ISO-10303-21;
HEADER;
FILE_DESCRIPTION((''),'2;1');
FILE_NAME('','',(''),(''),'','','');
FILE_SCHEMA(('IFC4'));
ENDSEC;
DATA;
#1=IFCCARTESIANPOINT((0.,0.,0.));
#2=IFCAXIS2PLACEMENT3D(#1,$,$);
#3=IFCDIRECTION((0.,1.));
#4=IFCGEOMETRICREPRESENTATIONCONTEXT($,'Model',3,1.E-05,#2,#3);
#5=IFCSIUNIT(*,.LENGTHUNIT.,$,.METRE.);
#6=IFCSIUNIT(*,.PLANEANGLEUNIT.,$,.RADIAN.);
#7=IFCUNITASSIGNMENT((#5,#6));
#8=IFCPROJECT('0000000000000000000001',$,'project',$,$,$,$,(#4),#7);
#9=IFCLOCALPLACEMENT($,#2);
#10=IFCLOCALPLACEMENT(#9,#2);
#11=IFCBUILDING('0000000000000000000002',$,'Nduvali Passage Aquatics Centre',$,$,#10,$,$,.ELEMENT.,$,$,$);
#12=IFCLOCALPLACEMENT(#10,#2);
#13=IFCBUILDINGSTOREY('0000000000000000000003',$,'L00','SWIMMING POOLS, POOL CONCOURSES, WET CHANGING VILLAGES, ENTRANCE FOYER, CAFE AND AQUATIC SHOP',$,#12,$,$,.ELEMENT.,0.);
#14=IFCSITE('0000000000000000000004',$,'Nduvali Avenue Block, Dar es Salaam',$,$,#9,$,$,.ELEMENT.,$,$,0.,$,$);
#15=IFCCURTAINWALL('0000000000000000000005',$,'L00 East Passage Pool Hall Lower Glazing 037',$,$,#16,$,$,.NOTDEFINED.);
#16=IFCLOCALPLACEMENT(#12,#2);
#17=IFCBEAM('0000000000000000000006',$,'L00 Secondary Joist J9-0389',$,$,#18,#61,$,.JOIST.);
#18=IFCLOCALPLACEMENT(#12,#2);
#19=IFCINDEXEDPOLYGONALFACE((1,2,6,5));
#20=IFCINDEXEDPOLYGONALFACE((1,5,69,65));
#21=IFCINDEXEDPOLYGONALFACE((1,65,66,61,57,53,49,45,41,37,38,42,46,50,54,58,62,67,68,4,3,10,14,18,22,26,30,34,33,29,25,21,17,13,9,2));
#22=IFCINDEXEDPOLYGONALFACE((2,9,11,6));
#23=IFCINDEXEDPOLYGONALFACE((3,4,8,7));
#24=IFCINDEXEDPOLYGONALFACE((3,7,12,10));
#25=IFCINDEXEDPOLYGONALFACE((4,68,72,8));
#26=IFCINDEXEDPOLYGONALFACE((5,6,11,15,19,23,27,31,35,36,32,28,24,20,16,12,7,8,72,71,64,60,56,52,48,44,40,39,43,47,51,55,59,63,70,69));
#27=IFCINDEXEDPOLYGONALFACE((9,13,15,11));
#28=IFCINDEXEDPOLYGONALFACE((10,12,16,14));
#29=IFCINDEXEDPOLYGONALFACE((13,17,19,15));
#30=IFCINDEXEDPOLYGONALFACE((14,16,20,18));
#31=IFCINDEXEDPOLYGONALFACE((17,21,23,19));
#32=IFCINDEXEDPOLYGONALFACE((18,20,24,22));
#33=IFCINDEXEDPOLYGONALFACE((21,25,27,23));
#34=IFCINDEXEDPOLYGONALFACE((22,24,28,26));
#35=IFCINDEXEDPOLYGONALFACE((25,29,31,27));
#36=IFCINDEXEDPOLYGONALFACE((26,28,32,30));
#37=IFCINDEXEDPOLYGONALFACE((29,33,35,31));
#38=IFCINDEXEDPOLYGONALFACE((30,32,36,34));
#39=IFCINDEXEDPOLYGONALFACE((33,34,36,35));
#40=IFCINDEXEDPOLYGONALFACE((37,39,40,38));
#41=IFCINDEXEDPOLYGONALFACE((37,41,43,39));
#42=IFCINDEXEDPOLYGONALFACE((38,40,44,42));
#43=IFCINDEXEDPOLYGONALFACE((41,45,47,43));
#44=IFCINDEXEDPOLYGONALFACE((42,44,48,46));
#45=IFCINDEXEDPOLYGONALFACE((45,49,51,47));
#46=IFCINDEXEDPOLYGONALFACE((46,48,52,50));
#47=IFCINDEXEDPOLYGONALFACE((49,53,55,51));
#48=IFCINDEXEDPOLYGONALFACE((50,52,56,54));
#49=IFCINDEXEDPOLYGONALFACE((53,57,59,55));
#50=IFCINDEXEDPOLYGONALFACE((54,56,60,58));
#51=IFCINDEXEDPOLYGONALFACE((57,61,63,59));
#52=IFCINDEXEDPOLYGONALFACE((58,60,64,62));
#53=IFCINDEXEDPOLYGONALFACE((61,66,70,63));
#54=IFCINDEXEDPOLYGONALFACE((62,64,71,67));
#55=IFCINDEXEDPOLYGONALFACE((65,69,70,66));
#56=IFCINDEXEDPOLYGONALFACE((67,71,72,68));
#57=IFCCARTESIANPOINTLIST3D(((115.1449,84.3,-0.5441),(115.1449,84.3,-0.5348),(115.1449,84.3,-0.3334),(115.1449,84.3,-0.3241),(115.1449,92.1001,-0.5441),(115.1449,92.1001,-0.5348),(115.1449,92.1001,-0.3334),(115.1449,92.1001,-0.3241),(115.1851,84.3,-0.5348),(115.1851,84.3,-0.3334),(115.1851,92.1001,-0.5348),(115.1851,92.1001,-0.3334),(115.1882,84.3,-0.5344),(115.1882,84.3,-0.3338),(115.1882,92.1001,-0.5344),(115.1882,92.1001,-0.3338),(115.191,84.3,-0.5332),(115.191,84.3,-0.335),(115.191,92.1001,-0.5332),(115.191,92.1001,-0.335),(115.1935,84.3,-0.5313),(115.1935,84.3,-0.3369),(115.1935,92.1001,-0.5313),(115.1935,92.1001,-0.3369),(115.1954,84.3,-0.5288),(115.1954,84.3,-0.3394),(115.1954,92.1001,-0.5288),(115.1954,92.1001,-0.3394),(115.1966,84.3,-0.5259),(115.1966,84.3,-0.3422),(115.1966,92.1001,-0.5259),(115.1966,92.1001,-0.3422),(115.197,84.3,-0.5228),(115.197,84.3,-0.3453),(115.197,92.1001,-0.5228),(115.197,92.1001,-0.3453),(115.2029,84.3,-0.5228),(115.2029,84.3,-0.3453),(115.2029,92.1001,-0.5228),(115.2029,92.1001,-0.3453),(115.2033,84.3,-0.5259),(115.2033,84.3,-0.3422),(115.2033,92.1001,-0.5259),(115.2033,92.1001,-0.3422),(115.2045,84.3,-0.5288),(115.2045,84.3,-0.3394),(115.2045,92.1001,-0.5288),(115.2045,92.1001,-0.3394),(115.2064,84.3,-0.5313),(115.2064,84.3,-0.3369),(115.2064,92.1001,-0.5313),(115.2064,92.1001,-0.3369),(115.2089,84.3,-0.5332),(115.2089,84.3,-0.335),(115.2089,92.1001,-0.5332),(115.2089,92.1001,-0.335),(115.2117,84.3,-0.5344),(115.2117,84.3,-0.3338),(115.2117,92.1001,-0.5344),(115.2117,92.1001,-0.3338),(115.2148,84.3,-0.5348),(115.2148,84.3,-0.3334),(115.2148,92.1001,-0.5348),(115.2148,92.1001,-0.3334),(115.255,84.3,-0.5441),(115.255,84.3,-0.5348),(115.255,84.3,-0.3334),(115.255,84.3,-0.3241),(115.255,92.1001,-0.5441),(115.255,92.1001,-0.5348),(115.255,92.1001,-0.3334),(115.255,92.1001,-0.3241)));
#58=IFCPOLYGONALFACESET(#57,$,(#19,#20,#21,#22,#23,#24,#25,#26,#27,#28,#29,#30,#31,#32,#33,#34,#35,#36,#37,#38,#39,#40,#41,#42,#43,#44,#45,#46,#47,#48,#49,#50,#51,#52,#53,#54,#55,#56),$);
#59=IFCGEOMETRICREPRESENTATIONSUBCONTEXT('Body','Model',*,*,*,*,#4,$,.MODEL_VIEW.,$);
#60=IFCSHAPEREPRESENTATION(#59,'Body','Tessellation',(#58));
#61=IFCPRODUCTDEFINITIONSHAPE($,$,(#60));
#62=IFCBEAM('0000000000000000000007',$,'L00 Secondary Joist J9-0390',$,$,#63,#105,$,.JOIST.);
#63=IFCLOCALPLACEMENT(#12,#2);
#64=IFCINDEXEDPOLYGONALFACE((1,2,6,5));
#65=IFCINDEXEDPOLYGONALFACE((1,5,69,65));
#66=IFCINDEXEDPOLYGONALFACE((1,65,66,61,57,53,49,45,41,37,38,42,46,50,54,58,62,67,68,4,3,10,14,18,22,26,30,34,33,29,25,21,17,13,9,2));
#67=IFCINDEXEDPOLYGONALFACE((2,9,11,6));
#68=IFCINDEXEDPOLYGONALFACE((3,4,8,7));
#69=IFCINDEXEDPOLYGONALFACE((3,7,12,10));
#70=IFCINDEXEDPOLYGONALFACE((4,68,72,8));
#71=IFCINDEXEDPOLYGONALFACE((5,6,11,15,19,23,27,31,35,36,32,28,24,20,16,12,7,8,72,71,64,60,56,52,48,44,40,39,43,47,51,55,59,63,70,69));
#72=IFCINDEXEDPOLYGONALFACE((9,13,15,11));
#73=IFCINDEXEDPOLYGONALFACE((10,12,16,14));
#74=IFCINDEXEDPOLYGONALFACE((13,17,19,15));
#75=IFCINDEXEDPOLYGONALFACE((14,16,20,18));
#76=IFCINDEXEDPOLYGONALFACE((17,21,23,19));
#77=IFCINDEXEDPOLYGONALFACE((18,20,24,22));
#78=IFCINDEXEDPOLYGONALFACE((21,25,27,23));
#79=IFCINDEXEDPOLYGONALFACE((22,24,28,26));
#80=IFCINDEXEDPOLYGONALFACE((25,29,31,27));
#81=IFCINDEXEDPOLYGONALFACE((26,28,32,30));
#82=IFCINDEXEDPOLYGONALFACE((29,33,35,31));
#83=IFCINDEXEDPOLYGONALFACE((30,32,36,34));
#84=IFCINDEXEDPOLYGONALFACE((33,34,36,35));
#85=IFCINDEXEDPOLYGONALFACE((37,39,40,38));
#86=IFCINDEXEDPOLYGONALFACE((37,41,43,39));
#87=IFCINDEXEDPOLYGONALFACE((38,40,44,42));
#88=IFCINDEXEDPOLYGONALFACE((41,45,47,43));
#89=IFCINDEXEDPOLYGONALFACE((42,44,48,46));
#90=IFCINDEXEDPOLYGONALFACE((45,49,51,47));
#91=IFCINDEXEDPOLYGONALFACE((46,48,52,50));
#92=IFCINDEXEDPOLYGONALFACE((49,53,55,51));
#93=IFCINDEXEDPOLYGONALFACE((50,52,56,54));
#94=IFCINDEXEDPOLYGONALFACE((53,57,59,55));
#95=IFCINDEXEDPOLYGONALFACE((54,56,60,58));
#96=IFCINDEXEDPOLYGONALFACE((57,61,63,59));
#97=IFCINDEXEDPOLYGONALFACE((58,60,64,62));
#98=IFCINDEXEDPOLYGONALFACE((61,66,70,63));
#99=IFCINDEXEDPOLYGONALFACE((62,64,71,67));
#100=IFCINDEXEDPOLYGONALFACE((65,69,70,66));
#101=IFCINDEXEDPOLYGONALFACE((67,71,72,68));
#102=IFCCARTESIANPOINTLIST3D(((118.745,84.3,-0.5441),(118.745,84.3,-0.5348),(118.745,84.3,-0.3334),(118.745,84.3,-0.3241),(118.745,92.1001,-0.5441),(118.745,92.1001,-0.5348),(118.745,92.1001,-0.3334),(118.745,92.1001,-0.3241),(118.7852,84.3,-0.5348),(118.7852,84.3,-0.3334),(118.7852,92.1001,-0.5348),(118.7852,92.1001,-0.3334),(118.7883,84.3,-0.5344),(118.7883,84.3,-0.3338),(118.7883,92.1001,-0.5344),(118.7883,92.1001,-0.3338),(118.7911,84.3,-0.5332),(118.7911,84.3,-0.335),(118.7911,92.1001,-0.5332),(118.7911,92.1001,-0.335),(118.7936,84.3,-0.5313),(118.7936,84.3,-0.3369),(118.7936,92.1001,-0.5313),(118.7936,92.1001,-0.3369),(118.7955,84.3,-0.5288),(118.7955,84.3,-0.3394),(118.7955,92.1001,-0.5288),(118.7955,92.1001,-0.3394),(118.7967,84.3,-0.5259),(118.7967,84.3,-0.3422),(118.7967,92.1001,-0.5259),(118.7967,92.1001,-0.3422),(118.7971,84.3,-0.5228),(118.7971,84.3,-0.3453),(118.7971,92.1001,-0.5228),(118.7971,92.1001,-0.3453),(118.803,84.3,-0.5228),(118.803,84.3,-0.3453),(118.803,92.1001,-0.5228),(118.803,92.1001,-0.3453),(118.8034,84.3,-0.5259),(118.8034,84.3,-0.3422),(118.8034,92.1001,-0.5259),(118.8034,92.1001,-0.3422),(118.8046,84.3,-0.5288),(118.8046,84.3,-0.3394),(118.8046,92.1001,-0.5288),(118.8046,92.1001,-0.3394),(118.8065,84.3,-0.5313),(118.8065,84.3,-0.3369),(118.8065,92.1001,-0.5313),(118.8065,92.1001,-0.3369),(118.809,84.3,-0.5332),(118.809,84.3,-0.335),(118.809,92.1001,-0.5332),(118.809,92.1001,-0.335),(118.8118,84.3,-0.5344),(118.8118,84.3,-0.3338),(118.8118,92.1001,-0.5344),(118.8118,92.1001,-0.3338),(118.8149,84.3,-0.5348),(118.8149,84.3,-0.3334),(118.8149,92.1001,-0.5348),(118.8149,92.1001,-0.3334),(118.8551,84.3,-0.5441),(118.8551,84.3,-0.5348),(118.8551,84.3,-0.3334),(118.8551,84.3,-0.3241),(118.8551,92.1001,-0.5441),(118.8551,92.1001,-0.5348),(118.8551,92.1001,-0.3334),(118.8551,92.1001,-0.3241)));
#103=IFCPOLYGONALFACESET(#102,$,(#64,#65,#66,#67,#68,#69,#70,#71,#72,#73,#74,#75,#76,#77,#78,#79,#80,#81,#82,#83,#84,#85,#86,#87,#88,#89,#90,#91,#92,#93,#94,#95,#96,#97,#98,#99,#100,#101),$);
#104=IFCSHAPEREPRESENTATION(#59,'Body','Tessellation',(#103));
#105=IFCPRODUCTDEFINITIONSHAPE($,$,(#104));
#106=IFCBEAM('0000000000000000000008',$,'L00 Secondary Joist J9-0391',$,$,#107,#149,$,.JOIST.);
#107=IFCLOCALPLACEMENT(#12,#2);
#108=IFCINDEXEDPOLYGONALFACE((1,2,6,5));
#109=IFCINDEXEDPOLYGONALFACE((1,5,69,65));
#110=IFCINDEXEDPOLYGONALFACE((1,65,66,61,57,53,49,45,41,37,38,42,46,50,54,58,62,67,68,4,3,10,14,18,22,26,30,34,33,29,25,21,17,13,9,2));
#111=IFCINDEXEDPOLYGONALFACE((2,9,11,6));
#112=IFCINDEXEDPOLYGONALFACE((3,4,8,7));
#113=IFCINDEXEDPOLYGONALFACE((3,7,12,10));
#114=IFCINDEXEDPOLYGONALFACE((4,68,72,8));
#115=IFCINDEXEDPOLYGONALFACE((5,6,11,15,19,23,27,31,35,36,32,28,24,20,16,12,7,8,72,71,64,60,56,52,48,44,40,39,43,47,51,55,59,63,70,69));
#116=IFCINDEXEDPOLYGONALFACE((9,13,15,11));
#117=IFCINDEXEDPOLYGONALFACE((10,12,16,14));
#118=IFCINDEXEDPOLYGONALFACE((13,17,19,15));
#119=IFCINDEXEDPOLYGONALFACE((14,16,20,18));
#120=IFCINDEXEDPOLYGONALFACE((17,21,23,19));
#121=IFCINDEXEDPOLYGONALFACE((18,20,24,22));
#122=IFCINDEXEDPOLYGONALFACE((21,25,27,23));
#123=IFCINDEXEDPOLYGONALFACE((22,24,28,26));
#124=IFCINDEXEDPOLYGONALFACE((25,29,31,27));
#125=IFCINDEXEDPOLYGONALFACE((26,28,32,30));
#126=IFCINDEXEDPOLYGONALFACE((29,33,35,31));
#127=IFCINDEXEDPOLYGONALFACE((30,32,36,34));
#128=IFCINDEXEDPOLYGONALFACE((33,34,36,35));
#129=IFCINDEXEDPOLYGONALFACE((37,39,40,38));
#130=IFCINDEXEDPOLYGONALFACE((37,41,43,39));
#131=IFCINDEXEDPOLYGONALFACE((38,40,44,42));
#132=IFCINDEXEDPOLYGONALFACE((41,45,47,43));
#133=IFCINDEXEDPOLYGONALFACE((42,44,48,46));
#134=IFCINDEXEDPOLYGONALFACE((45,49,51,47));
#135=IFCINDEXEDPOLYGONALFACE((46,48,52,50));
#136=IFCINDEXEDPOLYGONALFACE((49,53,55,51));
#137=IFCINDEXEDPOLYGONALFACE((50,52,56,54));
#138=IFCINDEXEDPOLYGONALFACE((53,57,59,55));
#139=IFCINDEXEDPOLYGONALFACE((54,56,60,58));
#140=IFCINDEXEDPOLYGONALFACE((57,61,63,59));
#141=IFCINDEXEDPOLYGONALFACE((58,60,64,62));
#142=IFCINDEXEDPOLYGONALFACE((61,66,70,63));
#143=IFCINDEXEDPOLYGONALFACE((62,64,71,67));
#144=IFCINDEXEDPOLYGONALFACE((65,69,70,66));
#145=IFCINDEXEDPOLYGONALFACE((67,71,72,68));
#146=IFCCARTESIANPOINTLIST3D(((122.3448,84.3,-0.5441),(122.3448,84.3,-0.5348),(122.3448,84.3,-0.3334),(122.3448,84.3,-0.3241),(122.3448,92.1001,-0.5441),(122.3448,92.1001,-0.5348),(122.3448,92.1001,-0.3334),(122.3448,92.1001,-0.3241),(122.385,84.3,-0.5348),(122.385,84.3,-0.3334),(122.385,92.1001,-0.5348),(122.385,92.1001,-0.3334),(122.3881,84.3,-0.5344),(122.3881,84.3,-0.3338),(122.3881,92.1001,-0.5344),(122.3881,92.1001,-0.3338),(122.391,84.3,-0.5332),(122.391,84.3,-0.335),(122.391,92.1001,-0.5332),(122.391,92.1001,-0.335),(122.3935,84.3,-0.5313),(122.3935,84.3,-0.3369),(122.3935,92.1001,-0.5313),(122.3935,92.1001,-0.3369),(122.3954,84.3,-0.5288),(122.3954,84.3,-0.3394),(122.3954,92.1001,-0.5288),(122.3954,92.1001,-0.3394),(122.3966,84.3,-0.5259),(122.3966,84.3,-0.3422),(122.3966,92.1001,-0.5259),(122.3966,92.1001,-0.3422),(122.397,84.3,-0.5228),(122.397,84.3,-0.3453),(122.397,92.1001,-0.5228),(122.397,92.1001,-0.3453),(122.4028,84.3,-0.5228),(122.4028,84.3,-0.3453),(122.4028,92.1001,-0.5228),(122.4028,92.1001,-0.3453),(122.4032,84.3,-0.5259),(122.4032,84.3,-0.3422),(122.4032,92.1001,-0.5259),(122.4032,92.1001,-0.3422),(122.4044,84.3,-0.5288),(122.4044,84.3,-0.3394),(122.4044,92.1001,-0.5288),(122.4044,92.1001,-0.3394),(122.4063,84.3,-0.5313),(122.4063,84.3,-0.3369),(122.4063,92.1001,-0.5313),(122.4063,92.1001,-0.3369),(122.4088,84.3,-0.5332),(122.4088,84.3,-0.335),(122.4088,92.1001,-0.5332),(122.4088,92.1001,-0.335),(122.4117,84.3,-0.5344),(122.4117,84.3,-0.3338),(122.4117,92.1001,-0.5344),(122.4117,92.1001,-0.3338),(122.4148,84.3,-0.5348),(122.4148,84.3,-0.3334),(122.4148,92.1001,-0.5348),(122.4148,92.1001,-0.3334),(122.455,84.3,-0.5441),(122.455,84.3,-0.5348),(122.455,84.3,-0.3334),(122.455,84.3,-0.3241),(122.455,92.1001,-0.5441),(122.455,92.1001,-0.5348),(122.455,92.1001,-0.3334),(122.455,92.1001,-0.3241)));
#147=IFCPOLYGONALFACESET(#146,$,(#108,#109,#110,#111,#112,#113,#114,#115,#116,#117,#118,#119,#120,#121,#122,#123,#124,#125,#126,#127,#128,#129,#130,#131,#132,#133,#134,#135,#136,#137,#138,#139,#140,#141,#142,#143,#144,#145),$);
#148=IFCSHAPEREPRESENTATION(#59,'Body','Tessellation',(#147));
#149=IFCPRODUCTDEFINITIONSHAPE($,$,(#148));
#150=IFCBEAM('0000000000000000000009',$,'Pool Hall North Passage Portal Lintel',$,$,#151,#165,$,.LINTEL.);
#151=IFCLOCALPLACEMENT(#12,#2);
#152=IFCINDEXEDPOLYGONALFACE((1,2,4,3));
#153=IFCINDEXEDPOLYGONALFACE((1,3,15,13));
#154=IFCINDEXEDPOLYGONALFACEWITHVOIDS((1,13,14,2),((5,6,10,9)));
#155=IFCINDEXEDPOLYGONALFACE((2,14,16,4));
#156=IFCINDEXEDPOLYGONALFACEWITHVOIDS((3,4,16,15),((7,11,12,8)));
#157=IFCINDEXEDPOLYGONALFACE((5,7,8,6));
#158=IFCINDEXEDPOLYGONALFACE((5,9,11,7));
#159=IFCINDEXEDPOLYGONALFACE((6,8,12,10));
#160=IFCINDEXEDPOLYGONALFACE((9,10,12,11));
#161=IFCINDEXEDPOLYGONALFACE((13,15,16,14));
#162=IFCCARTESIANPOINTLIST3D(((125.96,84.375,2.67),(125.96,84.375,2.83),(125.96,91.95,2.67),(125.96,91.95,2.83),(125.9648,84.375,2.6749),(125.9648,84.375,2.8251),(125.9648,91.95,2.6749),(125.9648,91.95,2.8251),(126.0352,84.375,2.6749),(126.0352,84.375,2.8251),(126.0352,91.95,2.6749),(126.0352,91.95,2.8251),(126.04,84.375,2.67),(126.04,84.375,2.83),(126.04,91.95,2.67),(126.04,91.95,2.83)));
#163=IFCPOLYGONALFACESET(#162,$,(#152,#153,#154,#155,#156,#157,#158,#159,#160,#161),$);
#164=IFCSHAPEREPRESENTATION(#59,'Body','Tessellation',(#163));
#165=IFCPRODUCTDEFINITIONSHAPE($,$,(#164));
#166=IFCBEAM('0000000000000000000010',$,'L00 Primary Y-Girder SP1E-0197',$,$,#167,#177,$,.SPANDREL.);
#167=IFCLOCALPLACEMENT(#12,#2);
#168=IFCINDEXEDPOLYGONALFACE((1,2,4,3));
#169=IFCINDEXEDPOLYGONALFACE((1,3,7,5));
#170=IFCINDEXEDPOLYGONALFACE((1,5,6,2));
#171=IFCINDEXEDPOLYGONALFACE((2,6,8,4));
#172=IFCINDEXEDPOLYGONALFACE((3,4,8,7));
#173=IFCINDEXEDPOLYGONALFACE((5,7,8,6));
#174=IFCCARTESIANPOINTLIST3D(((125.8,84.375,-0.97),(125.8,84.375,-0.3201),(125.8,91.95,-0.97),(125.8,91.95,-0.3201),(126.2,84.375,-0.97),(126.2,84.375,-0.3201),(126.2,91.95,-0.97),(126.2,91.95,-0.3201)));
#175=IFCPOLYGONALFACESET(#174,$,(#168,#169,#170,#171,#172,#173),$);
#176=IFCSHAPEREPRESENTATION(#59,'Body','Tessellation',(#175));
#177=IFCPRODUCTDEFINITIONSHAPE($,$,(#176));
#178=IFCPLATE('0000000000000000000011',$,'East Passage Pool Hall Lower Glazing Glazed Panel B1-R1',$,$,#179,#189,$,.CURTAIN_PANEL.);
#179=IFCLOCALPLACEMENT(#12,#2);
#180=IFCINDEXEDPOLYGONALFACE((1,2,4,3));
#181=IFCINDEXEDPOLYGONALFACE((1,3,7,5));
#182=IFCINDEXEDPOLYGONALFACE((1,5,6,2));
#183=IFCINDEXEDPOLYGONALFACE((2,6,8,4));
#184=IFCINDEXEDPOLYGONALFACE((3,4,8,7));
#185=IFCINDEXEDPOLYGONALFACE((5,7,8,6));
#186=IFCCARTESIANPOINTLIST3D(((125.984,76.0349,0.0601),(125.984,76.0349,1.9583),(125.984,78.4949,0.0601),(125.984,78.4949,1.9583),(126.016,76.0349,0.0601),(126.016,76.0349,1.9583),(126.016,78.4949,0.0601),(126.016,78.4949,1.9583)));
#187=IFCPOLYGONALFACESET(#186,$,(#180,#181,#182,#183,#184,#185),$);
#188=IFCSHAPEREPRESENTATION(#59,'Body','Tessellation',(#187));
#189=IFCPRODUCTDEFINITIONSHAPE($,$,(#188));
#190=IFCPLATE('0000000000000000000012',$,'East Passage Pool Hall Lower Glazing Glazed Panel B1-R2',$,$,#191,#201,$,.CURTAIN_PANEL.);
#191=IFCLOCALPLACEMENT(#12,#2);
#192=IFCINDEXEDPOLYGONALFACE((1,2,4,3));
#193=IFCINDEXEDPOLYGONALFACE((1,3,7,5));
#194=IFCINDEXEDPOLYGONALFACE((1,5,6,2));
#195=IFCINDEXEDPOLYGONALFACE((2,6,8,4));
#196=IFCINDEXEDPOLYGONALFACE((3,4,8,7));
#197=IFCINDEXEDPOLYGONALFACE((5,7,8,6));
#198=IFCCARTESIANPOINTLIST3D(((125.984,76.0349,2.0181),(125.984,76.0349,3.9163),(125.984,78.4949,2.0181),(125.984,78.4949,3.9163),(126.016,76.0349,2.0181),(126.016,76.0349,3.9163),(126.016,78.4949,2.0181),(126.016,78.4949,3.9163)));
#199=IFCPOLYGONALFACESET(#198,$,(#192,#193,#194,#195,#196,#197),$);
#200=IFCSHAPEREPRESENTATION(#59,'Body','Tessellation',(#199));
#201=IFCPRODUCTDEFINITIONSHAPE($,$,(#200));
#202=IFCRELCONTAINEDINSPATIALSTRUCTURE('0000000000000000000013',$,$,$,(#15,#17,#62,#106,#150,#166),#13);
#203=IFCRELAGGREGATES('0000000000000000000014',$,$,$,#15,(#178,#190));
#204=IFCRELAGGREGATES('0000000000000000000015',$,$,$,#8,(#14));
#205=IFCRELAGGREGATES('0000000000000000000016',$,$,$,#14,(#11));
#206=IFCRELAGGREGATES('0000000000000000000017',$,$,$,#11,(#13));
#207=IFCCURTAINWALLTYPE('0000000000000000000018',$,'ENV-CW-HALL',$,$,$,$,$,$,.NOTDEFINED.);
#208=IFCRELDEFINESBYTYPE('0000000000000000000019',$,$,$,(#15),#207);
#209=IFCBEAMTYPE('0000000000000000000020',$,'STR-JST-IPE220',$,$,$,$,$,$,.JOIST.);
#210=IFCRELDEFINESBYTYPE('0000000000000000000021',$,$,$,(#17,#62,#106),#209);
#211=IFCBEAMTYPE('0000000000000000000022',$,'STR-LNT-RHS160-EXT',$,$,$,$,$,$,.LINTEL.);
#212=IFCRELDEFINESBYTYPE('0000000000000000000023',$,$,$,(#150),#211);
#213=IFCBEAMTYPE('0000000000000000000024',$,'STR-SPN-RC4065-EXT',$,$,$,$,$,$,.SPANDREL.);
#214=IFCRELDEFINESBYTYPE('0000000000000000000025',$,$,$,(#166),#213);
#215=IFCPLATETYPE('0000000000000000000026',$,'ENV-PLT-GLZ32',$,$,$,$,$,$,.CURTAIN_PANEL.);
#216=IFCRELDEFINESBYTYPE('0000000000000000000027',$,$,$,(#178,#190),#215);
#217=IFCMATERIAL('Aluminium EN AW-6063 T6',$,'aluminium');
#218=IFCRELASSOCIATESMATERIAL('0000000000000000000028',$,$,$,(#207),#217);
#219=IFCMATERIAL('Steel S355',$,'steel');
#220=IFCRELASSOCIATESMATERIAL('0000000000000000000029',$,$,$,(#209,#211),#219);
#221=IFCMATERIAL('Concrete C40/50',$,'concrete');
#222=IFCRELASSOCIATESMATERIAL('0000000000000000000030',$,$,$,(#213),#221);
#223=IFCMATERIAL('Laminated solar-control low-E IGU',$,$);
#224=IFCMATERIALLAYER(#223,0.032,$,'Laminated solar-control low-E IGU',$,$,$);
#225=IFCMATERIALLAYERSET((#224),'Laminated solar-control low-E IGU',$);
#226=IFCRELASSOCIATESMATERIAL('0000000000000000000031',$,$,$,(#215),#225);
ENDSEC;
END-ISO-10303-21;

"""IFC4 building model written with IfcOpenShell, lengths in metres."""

from ifc_helpers import new_model, si_unit, direction, frame, origin, origin_2d, place, context, subcontext, project, spatial, rectangle, hollow_rectangle, i_section, extrude, material, layer, layer_set, material_profile, profile_set, type_object, element, aggregate, save


model = new_model("IFC4")

# Units and contexts
model_context = context("Model", 3, precision=1e-05, world=origin(), true_north=direction((0.0, 1.0)))
body_context = subcontext(model_context, "Body", "Model", "MODEL_VIEW")
ifc_project = project(units=[si_unit("LENGTHUNIT", "METRE"), si_unit("PLANEANGLEUNIT", "RADIAN")], contexts=[model_context])

# Site, building, storey
site_placement = place(None, origin())
site = spatial("IfcSite", under=ifc_project, at=site_placement, Name="Nduvali Avenue Block, Dar es Salaam", CompositionType="ELEMENT", RefElevation=0.0)
building_placement = place(site_placement, origin())
building = spatial("IfcBuilding", under=site, at=building_placement, Name="Nduvali Passage Aquatics Centre", CompositionType="ELEMENT")
storey_placement = place(building_placement, origin())
storey = spatial("IfcBuildingStorey", under=building, at=storey_placement, Name="L00", Description="SWIMMING POOLS, POOL CONCOURSES, WET CHANGING VILLAGES, ENTRANCE FOYER, CAFE AND AQUATIC SHOP", CompositionType="ELEMENT", Elevation=0.0)

# Shared definitions
ifc_material_1 = material(Name="Concrete C40/50", Category="concrete")

# Curtain wall
ifc_material_2 = material(Name="Aluminium EN AW-6063 T6", Category="aluminium")
curtain_wall_type = type_object("IfcCurtainWallType", Name="ENV-CW-HALL", PredefinedType="NOTDEFINED", material=ifc_material_2)
curtain_wall_placement = place(storey_placement, origin())
curtain_wall = element("IfcCurtainWall", 1, at=curtain_wall_placement, inside=storey, type_object=curtain_wall_type, Name="L00 East Passage Pool Hall Lower Glazing 037", PredefinedType="NOTDEFINED")

# Beams
ifc_material_3 = material(Name="Steel S355", Category="steel")
ifc_material_profile_1 = material_profile(ifc_material_3, i_section(OverallWidth=0.1101, OverallDepth=0.22, WebThickness=0.0059, FlangeThickness=0.0093, FilletRadius=0.012, at=origin_2d()), Name="IPE 220")
ifc_profile_set_1 = profile_set([ifc_material_profile_1], Name="Steel S355")
beam_type_1 = type_object("IfcBeamType", Name="STR-JST-IPE220", PredefinedType="JOIST", material=ifc_profile_set_1)
for number, where, z_axis, x_axis, name in (
    (2, (115.2, 84.3, -0.4341), (0.0, 1.0, 0.0), (-1.0, 0.0, 0.0), "L00 Secondary Joist J9-0389"),
    (3, (118.8, 84.3, -0.4341), (0.0, 1.0, 0.0), (-1.0, 0.0, 0.0), "L00 Secondary Joist J9-0390"),
    (4, (122.3999, 84.3, -0.4341), (0.0, 1.0, 0.0), (-1.0, 0.0, 0.0), "L00 Secondary Joist J9-0391"),
):
    element("IfcBeam", number, at=place(storey_placement, frame(where, z_axis=z_axis, x_axis=x_axis)), inside=storey, type_object=beam_type_1, Name=name, PredefinedType="JOIST", context=body_context, shape_type="SweptSolid", body=[
        extrude(i_section(OverallWidth=0.1101, OverallDepth=0.22, WebThickness=0.0059, FlangeThickness=0.0093, FilletRadius=0.012, at=origin_2d()), origin(), (0.0, 0.0, 1.0), 7.8),
    ])
ifc_material_profile_2 = material_profile(ifc_material_3, hollow_rectangle(XDim=0.0801, YDim=0.1599, WallThickness=0.0049, at=origin_2d()), Name="RHS 160x80x5.0")
ifc_profile_set_2 = profile_set([ifc_material_profile_2], Name="Steel S355")
beam_type_2 = type_object("IfcBeamType", Name="STR-LNT-RHS160-EXT", PredefinedType="LINTEL", material=ifc_profile_set_2)
beam_1_placement = place(storey_placement, frame((126.0, 84.375, 2.75), z_axis=(0.0, 1.0, 0.0), x_axis=(-1.0, 0.0, 0.0)))
element("IfcBeam", 5, at=beam_1_placement, inside=storey, type_object=beam_type_2, Name="Pool Hall North Passage Portal Lintel", PredefinedType="LINTEL", context=body_context, shape_type="SweptSolid", body=[
    extrude(hollow_rectangle(XDim=0.0801, YDim=0.1599, WallThickness=0.0049, at=origin_2d()), origin(), (0.0, 0.0, 1.0), 7.575),
])
ifc_material_profile_3 = material_profile(ifc_material_1, rectangle(XDim=0.3999, YDim=0.6499, at=origin_2d()), Name="RC 400x650")
ifc_profile_set_3 = profile_set([ifc_material_profile_3], Name="Concrete C40/50")
beam_type_3 = type_object("IfcBeamType", Name="STR-SPN-RC4065-EXT", PredefinedType="SPANDREL", material=ifc_profile_set_3)
beam_2_placement = place(storey_placement, frame((126.0, 84.375, -0.645), z_axis=(0.0, 1.0, 0.0), x_axis=(-1.0, 0.0, 0.0)))
element("IfcBeam", 6, at=beam_2_placement, inside=storey, type_object=beam_type_3, Name="L00 Primary Y-Girder SP1E-0197", PredefinedType="SPANDREL", context=body_context, shape_type="SweptSolid", body=[
    extrude(rectangle(XDim=0.3999, YDim=0.6499, at=origin_2d()), origin(), (0.0, 0.0, 1.0), 7.575),
])

# Plates
ifc_material_4 = material(Name="Laminated solar-control low-E IGU")
ifc_layer_1 = layer(ifc_material_4, 0.032, Name="Laminated solar-control low-E IGU")
ifc_layer_set_1 = layer_set([ifc_layer_1], Name="Laminated solar-control low-E IGU")
plate_type = type_object("IfcPlateType", Name="ENV-PLT-GLZ32", PredefinedType="CURTAIN_PANEL", material=ifc_layer_set_1)
plate_1_placement = place(storey_placement, frame((126.0, 77.2649, 0.0601), z_axis=(0.0, 0.0, 1.0), x_axis=(0.0, 1.0, 0.0)))
plate_1 = element("IfcPlate", 7, at=plate_1_placement, type_object=plate_type, Name="East Passage Pool Hall Lower Glazing Glazed Panel B1-R1", PredefinedType="CURTAIN_PANEL", context=body_context, shape_type="SweptSolid", body=[
    extrude(rectangle(XDim=2.46, YDim=0.032, at=origin_2d()), origin(), (0.0, 0.0, 1.0), 1.8982),
])
plate_2_placement = place(storey_placement, frame((126.0, 77.2649, 2.0181), z_axis=(0.0, 0.0, 1.0), x_axis=(0.0, 1.0, 0.0)))
plate_2 = element("IfcPlate", 8, at=plate_2_placement, type_object=plate_type, Name="East Passage Pool Hall Lower Glazing Glazed Panel B1-R2", PredefinedType="CURTAIN_PANEL", context=body_context, shape_type="SweptSolid", body=[
    extrude(rectangle(XDim=2.46, YDim=0.032, at=origin_2d()), origin(), (0.0, 0.0, 1.0), 1.8982),
])
aggregate(curtain_wall, [plate_1, plate_2])

save(model, "model.ifc")
